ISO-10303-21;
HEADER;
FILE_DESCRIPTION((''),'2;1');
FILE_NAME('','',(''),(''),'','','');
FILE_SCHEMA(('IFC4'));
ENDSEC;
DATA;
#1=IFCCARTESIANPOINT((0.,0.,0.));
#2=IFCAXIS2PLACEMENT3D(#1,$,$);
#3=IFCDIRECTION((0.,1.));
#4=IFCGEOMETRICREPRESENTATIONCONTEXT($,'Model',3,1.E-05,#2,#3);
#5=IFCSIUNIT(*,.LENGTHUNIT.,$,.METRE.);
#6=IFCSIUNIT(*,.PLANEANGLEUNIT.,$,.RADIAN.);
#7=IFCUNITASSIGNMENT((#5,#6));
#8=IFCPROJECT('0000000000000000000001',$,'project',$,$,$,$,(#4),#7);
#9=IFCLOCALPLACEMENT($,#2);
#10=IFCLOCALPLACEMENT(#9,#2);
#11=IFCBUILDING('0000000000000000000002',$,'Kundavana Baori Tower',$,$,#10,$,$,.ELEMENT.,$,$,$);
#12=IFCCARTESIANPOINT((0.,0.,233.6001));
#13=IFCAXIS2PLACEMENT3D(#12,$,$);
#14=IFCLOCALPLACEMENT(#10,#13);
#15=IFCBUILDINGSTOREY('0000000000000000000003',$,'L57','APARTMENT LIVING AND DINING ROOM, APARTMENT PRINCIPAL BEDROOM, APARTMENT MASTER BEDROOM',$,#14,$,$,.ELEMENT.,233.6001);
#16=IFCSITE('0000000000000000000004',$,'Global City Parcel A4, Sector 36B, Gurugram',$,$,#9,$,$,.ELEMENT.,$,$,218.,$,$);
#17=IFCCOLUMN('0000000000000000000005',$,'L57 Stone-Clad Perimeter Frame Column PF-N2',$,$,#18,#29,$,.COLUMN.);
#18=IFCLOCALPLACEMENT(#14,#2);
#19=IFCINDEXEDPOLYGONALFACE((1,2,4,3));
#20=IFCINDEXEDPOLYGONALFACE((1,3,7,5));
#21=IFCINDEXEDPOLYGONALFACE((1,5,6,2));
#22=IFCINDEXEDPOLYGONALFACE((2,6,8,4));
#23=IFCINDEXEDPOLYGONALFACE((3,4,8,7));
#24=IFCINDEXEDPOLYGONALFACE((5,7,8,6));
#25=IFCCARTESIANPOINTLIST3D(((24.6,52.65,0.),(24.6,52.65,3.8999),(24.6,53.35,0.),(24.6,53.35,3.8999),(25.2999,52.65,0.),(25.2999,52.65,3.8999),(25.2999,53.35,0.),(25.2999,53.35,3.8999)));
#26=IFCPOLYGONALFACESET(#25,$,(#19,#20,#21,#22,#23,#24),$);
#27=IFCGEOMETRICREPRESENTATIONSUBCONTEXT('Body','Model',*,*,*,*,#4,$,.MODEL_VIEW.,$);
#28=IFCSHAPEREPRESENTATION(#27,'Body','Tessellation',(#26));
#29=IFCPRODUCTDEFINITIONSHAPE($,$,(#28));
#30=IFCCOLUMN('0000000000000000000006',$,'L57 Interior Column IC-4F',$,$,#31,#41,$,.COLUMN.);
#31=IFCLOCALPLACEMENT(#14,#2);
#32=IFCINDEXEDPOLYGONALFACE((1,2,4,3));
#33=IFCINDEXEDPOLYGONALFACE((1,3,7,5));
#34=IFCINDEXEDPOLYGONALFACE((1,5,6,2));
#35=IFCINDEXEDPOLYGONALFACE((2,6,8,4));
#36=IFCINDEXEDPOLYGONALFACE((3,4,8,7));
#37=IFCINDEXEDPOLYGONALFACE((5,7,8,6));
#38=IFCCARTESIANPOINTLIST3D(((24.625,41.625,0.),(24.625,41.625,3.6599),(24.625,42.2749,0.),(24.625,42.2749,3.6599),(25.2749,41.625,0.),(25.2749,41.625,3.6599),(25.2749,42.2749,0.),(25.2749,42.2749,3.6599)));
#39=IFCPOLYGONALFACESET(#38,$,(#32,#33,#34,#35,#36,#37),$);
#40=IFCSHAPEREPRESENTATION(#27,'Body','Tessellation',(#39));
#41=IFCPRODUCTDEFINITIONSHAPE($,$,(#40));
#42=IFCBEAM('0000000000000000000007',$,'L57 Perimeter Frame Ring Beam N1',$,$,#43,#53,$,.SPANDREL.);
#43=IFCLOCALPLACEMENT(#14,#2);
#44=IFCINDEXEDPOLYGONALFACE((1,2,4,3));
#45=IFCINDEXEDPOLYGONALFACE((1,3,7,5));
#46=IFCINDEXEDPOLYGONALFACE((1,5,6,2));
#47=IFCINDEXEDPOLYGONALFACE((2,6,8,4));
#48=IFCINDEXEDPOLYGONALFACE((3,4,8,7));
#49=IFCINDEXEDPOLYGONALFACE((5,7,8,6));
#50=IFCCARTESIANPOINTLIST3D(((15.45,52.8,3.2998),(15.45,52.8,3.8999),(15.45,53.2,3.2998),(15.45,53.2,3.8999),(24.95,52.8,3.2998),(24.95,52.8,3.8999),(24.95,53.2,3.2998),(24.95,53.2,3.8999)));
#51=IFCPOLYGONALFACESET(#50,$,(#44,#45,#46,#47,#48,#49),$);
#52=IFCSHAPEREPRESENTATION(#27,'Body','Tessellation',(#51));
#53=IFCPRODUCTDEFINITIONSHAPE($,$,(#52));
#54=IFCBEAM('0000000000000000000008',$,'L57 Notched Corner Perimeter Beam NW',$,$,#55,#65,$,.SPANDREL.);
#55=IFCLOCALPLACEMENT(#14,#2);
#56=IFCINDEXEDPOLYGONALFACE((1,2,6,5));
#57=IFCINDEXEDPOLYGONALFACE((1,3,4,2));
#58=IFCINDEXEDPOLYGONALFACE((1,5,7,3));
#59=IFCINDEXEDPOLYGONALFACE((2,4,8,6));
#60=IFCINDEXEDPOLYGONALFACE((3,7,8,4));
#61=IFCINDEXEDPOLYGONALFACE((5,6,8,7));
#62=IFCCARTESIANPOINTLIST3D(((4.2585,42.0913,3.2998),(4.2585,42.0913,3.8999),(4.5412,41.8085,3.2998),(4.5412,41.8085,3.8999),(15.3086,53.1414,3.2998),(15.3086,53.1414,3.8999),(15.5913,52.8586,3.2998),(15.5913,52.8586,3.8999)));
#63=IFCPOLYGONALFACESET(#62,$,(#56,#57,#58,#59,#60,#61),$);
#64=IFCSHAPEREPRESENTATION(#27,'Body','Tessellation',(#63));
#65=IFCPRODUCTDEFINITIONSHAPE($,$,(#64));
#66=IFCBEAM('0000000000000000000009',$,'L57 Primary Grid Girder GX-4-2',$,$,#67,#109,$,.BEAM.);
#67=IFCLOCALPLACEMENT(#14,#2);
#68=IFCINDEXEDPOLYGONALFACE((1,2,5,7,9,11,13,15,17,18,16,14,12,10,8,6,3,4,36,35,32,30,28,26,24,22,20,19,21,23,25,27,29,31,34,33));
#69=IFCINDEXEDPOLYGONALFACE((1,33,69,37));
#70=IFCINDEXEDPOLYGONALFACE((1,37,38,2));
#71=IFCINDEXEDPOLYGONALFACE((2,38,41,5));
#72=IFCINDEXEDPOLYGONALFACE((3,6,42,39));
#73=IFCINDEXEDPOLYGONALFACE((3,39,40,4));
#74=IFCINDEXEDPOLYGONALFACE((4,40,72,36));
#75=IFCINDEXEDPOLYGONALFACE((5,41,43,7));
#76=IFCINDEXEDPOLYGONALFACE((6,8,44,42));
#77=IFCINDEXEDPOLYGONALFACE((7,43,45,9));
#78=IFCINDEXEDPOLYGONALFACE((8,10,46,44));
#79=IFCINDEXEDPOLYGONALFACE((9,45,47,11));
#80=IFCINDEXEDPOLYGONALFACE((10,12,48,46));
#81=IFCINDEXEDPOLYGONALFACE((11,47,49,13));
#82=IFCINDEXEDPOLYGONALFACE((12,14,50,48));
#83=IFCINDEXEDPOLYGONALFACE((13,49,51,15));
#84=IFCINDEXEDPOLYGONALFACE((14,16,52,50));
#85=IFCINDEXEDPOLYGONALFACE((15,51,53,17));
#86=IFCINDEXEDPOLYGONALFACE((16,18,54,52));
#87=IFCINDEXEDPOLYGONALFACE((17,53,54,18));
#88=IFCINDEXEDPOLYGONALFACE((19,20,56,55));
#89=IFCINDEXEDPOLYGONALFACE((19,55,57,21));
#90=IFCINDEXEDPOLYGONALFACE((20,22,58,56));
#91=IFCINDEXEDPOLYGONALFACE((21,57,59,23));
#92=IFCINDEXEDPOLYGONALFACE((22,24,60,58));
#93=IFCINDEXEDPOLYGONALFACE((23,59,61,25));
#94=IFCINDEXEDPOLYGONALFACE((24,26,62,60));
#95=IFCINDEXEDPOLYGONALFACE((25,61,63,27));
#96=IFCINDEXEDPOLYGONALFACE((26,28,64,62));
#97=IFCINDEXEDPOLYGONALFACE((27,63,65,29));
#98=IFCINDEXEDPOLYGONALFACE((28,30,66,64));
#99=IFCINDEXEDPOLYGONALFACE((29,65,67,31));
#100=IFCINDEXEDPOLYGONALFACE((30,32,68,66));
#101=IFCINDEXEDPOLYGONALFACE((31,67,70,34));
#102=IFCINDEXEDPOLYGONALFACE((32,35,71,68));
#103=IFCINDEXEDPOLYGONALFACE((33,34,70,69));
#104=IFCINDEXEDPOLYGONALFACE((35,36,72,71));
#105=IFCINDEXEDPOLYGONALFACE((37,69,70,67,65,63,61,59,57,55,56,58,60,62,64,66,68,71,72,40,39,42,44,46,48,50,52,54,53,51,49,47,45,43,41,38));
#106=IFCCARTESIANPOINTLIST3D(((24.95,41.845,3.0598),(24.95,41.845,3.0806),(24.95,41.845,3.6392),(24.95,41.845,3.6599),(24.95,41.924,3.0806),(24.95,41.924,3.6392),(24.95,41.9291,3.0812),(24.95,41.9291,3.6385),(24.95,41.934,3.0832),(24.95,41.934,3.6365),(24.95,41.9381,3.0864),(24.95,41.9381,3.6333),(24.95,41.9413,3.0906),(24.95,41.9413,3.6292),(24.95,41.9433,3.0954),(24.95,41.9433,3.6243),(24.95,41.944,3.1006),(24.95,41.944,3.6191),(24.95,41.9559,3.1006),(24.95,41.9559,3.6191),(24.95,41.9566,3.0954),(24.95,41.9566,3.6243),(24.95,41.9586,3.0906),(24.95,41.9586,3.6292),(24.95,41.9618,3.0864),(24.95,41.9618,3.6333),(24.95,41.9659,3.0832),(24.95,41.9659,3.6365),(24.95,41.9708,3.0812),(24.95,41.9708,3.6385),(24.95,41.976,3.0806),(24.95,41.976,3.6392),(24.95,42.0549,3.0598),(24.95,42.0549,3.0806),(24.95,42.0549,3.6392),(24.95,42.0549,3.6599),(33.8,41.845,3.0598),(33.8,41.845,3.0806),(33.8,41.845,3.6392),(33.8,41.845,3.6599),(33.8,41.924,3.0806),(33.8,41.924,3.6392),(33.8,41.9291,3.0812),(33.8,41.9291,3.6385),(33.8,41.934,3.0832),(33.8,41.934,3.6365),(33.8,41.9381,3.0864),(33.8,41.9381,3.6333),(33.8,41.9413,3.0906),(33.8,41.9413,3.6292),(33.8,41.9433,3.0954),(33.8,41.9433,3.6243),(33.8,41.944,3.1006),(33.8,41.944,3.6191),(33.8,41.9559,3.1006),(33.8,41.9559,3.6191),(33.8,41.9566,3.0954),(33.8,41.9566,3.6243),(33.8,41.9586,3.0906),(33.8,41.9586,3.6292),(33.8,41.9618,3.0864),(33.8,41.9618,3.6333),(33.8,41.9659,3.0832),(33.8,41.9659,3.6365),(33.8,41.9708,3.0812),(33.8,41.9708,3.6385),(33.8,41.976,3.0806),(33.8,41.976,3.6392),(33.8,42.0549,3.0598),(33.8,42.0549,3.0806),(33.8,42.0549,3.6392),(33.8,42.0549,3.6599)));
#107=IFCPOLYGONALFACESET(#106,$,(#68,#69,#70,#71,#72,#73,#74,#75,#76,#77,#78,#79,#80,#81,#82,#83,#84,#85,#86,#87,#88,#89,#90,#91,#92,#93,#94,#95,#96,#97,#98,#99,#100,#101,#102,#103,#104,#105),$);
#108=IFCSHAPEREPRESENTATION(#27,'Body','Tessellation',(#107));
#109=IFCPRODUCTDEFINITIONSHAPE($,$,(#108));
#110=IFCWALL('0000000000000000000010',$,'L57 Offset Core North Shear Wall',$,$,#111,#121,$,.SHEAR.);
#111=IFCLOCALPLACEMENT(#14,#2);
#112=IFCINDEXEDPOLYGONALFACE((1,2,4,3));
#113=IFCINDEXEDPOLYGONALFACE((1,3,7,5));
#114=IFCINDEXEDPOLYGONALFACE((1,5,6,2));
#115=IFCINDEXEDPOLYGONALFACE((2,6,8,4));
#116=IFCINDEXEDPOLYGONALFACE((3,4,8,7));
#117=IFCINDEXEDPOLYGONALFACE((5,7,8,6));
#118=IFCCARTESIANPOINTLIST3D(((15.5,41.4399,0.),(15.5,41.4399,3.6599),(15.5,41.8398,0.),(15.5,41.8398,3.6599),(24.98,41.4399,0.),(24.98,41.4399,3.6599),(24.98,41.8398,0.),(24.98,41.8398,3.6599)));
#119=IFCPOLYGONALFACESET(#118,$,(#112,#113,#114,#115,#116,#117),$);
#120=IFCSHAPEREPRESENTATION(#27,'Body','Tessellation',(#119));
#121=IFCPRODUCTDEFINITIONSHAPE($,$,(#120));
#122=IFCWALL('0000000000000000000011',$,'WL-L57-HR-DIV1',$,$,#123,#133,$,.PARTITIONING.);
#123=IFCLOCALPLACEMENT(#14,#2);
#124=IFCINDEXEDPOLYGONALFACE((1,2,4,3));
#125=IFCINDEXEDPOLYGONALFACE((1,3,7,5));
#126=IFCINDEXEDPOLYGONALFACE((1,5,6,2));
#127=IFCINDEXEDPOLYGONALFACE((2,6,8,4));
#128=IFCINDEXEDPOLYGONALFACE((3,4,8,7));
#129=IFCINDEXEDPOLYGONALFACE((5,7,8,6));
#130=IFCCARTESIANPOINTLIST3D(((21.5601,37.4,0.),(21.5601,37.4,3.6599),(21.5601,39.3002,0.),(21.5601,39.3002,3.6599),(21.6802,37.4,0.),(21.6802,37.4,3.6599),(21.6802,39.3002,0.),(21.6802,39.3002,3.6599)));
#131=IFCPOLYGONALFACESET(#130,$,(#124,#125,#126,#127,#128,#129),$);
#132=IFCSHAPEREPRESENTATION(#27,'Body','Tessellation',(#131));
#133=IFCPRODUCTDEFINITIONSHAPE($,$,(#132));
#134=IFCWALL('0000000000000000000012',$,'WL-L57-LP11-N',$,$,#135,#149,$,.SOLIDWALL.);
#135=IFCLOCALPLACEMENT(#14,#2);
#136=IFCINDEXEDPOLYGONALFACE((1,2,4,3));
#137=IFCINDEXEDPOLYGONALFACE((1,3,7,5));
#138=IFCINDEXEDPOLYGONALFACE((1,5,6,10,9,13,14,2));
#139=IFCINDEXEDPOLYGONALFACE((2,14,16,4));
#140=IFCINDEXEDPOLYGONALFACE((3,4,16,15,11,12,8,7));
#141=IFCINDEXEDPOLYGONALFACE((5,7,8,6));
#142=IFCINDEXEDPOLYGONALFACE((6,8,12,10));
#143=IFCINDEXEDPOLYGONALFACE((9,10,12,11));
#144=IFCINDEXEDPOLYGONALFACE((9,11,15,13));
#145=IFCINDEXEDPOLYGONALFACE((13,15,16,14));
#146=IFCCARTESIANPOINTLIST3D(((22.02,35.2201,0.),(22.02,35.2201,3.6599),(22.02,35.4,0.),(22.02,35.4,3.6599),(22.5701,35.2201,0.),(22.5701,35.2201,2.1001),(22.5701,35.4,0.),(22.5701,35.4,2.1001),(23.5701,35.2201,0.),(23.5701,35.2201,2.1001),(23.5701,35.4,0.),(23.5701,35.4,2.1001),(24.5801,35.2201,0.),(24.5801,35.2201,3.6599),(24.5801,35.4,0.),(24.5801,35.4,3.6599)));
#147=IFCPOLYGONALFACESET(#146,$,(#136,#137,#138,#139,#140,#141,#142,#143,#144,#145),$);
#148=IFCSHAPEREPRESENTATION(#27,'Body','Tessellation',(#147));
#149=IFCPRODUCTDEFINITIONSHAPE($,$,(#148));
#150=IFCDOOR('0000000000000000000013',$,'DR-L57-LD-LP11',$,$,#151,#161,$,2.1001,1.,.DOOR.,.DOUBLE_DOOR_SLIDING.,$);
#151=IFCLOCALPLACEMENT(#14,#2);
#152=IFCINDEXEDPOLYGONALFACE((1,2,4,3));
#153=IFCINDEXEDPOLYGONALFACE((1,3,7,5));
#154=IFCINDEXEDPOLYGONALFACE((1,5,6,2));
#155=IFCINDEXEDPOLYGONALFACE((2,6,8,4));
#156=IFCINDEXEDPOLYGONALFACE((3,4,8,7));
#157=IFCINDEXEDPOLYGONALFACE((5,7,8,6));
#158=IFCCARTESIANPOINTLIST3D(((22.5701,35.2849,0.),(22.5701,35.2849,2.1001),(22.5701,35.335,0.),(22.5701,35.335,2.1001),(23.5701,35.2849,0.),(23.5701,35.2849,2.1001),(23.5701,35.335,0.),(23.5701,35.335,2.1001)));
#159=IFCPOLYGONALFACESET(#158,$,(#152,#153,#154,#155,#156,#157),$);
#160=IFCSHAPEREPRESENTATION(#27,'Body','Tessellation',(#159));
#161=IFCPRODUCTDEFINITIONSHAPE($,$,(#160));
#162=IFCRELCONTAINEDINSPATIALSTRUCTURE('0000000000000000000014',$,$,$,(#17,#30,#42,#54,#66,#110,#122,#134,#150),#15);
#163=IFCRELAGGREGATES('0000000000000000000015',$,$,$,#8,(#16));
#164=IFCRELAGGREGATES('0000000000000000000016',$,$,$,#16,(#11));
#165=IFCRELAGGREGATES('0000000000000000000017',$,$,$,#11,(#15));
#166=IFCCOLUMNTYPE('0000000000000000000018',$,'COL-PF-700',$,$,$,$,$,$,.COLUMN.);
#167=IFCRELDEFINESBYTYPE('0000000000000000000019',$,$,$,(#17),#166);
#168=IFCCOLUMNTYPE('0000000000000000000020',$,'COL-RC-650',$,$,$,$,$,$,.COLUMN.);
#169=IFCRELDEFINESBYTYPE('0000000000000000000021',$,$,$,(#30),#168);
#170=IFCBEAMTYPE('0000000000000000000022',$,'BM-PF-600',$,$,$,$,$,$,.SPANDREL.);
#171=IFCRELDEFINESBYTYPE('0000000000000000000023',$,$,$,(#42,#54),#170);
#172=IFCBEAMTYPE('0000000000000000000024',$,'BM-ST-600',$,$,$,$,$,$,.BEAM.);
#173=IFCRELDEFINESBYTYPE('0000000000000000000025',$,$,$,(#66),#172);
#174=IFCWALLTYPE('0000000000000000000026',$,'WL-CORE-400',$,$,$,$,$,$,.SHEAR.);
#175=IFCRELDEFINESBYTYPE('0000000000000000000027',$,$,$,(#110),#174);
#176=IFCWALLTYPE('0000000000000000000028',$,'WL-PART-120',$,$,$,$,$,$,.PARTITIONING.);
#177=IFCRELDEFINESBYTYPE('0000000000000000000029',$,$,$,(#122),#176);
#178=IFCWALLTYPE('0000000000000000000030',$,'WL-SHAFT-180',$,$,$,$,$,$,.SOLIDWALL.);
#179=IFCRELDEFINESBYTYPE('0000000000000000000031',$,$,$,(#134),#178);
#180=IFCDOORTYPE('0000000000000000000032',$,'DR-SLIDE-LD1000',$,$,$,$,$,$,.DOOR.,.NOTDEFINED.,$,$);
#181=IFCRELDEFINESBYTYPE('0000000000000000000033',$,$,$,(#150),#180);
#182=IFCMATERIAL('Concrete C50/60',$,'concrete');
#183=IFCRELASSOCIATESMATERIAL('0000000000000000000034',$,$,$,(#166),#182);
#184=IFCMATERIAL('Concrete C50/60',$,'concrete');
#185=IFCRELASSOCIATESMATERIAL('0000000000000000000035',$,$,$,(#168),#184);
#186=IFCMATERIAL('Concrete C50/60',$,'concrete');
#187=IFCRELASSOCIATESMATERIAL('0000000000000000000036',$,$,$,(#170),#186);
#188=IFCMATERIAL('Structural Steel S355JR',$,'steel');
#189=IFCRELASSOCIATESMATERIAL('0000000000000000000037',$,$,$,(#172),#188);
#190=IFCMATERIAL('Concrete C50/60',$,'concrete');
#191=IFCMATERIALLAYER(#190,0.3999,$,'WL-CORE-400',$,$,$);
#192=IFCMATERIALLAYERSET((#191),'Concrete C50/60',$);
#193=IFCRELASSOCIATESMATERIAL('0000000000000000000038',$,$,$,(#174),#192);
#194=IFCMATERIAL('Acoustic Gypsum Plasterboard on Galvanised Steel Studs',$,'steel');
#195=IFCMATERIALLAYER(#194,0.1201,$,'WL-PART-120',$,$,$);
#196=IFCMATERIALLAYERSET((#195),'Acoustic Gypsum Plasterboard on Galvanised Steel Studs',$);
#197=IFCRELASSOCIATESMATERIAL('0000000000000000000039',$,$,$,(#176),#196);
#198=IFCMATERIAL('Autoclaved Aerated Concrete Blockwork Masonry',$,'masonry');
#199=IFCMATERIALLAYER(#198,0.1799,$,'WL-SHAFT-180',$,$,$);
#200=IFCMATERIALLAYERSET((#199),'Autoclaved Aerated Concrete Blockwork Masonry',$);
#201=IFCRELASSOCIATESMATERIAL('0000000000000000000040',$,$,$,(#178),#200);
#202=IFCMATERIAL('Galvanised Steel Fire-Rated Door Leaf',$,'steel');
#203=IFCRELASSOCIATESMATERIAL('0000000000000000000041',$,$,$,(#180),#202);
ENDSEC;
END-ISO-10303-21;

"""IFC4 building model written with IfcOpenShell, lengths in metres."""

from ifc_helpers import new_model, si_unit, direction, frame, frame_2d, origin, origin_2d, place, context, subcontext, project, spatial, rectangle, i_section, extrude, material, layer, layer_set, material_profile, profile_set, type_object, element, fill, save


model = new_model("IFC4")

# Units and contexts
model_context = context("Model", 3, precision=1e-05, world=origin(), true_north=direction((0.0, 1.0)))
body_context = subcontext(model_context, "Body", "Model", "MODEL_VIEW")
ifc_project = project(units=[si_unit("LENGTHUNIT", "METRE"), si_unit("PLANEANGLEUNIT", "RADIAN")], contexts=[model_context])

# Site, building, storey
site_placement = place(None, origin())
site = spatial("IfcSite", under=ifc_project, at=site_placement, Name="Global City Parcel A4, Sector 36B, Gurugram", CompositionType="ELEMENT", RefElevation=218.0)
building_placement = place(site_placement, origin())
building = spatial("IfcBuilding", under=site, at=building_placement, Name="Kundavana Baori Tower", CompositionType="ELEMENT")
storey_placement = place(building_placement, frame((0.0, 0.0, 233.6001)))
storey = spatial("IfcBuildingStorey", under=building, at=storey_placement, Name="L57", Description="APARTMENT LIVING AND DINING ROOM, APARTMENT PRINCIPAL BEDROOM, APARTMENT MASTER BEDROOM", CompositionType="ELEMENT", Elevation=233.6001)

# Columns
ifc_material_1 = material(Name="Concrete C50/60", Category="concrete")
ifc_material_profile_1 = material_profile(ifc_material_1, rectangle(XDim=0.7, YDim=0.7, at=origin_2d()), Name="RC PF 700x700")
ifc_profile_set_1 = profile_set([ifc_material_profile_1], Name="Concrete C50/60")
column_type_1 = type_object("IfcColumnType", Name="COL-PF-700", PredefinedType="COLUMN", material=ifc_profile_set_1)
column_1_placement = place(storey_placement, frame((24.95, 53.0, 0.0), z_axis=(0.0, 0.0, 1.0), x_axis=(1.0, 0.0, 0.0)))
element("IfcColumn", 1, at=column_1_placement, inside=storey, type_object=column_type_1, Name="L57 Stone-Clad Perimeter Frame Column PF-N2", PredefinedType="COLUMN", context=body_context, shape_type="SweptSolid", body=[
    extrude(rectangle(XDim=0.7, YDim=0.7, at=origin_2d()), origin(), (0.0, 0.0, 1.0), 3.8999),
])
ifc_material_2 = material(Name="Concrete C50/60", Category="concrete")
ifc_material_profile_2 = material_profile(ifc_material_2, rectangle(XDim=0.6499, YDim=0.6499, at=origin_2d()), Name="RC 650x650")
ifc_profile_set_2 = profile_set([ifc_material_profile_2], Name="Concrete C50/60")
column_type_2 = type_object("IfcColumnType", Name="COL-RC-650", PredefinedType="COLUMN", material=ifc_profile_set_2)
column_2_placement = place(storey_placement, frame((24.95, 41.95, 0.0), z_axis=(0.0, 0.0, 1.0), x_axis=(1.0, 0.0, 0.0)))
element("IfcColumn", 2, at=column_2_placement, inside=storey, type_object=column_type_2, Name="L57 Interior Column IC-4F", PredefinedType="COLUMN", context=body_context, shape_type="SweptSolid", body=[
    extrude(rectangle(XDim=0.6499, YDim=0.6499, at=origin_2d()), origin(), (0.0, 0.0, 1.0), 3.6599),
])

# Beams
ifc_material_3 = material(Name="Concrete C50/60", Category="concrete")
ifc_material_profile_3 = material_profile(ifc_material_3, rectangle(XDim=0.3999, YDim=0.6001, at=origin_2d()), Name="RC BM 400x600")
ifc_profile_set_3 = profile_set([ifc_material_profile_3], Name="Concrete C50/60")
beam_type_1 = type_object("IfcBeamType", Name="BM-PF-600", PredefinedType="SPANDREL", material=ifc_profile_set_3)
beam_1_placement = place(storey_placement, frame((15.45, 53.0, 3.5999), z_axis=(1.0, 0.0, 0.0), x_axis=(0.0, 1.0, 0.0)))
element("IfcBeam", 3, at=beam_1_placement, inside=storey, type_object=beam_type_1, Name="L57 Perimeter Frame Ring Beam N1", PredefinedType="SPANDREL", context=body_context, shape_type="SweptSolid", body=[
    extrude(rectangle(XDim=0.3999, YDim=0.6001, at=origin_2d()), origin(), (0.0, 0.0, 1.0), 9.5),
])
beam_2_placement = place(storey_placement, frame((15.45, 53.0, 3.5999), z_axis=(-0.707107, -0.707107, 0.0), x_axis=(0.707107, -0.707107, 0.0)))
element("IfcBeam", 4, at=beam_2_placement, inside=storey, type_object=beam_type_1, Name="L57 Notched Corner Perimeter Beam NW", PredefinedType="SPANDREL", context=body_context, shape_type="SweptSolid", body=[
    extrude(rectangle(XDim=0.3999, YDim=0.6001, at=origin_2d()), origin(), (0.0, 0.0, 1.0), 15.6272),
])
ifc_material_4 = material(Name="Structural Steel S355JR", Category="steel")
ifc_material_profile_4 = material_profile(ifc_material_4, i_section(OverallWidth=0.21, OverallDepth=0.6001, WebThickness=0.012, FlangeThickness=0.0208, FilletRadius=0.02, at=origin_2d()), Name="ISMB 600")
ifc_profile_set_4 = profile_set([ifc_material_profile_4], Name="Structural Steel S355JR")
beam_type_2 = type_object("IfcBeamType", Name="BM-ST-600", PredefinedType="BEAM", material=ifc_profile_set_4)
beam_3_placement = place(storey_placement, frame((24.95, 41.95, 3.3599), z_axis=(1.0, 0.0, 0.0), x_axis=(0.0, 1.0, 0.0)))
element("IfcBeam", 5, at=beam_3_placement, inside=storey, type_object=beam_type_2, Name="L57 Primary Grid Girder GX-4-2", PredefinedType="BEAM", context=body_context, shape_type="SweptSolid", body=[
    extrude(i_section(OverallWidth=0.21, OverallDepth=0.6001, WebThickness=0.012, FlangeThickness=0.0208, FilletRadius=0.02, at=origin_2d()), origin(), (0.0, 0.0, 1.0), 8.8501),
])

# Walls
ifc_material_5 = material(Name="Concrete C50/60", Category="concrete")
ifc_layer_1 = layer(ifc_material_5, 0.3999, Name="WL-CORE-400")
ifc_layer_set_1 = layer_set([ifc_layer_1], Name="Concrete C50/60")
wall_type_1 = type_object("IfcWallType", Name="WL-CORE-400", PredefinedType="SHEAR", material=ifc_layer_set_1)
wall_1_placement = place(storey_placement, frame((15.5, 41.6399, 0.0), z_axis=(0.0, 0.0, 1.0), x_axis=(1.0, 0.0, 0.0)))
element("IfcWall", 6, at=wall_1_placement, inside=storey, type_object=wall_type_1, Name="L57 Offset Core North Shear Wall", PredefinedType="SHEAR", context=body_context, shape_type="SweptSolid", body=[
    extrude(rectangle(XDim=9.48, YDim=0.3999, at=frame_2d((4.74, 0.0))), origin(), (0.0, 0.0, 1.0), 3.6599),
])
ifc_material_6 = material(Name="Acoustic Gypsum Plasterboard on Galvanised Steel Studs", Category="steel")
ifc_layer_2 = layer(ifc_material_6, 0.1201, Name="WL-PART-120")
ifc_layer_set_2 = layer_set([ifc_layer_2], Name="Acoustic Gypsum Plasterboard on Galvanised Steel Studs")
wall_type_2 = type_object("IfcWallType", Name="WL-PART-120", PredefinedType="PARTITIONING", material=ifc_layer_set_2)
wall_2_placement = place(storey_placement, frame((21.6201, 37.3999, 0.0), z_axis=(0.0, 0.0, 1.0), x_axis=(0.0, 1.0, 0.0)))
element("IfcWall", 7, at=wall_2_placement, inside=storey, type_object=wall_type_2, Name="WL-L57-HR-DIV1", PredefinedType="PARTITIONING", context=body_context, shape_type="SweptSolid", body=[
    extrude(rectangle(XDim=1.9001, YDim=0.1201, at=frame_2d((0.9502, 0.0))), origin(), (0.0, 0.0, 1.0), 3.6599),
])

# Wall, opening, door
ifc_material_7 = material(Name="Autoclaved Aerated Concrete Blockwork Masonry", Category="masonry")
ifc_layer_3 = layer(ifc_material_7, 0.1799, Name="WL-SHAFT-180")
ifc_layer_set_3 = layer_set([ifc_layer_3], Name="Autoclaved Aerated Concrete Blockwork Masonry")
wall_type_3 = type_object("IfcWallType", Name="WL-SHAFT-180", PredefinedType="SOLIDWALL", material=ifc_layer_set_3)
wall_3_placement = place(storey_placement, frame((22.02, 35.3101, 0.0), z_axis=(0.0, 0.0, 1.0), x_axis=(1.0, 0.0, 0.0)))
wall_3 = element("IfcWall", 8, at=wall_3_placement, inside=storey, type_object=wall_type_3, Name="WL-L57-LP11-N", PredefinedType="SOLIDWALL", context=body_context, shape_type="SweptSolid", body=[
    extrude(rectangle(XDim=2.5601, YDim=0.1799, at=frame_2d((1.28, 0.0))), origin(), (0.0, 0.0, 1.0), 3.6599),
])
opening_1_placement = place(wall_3_placement, frame((0.55, 0.0, 0.0)))
opening_1 = element("IfcOpeningElement", 9, at=opening_1_placement, cuts=wall_3, PredefinedType="OPENING", context=body_context, shape_type="SweptSolid", body=[
    extrude(rectangle(XDim=1.0, YDim=2.1001, at=frame_2d((0.5, 1.05))), frame((0.0, 0.1001, 0.0), z_axis=(0.0, -1.0, 0.0), x_axis=(1.0, 0.0, 0.0)), (0.0, 0.0, 1.0), 0.2),
])
ifc_material_8 = material(Name="Galvanised Steel Fire-Rated Door Leaf", Category="steel")
door_type = type_object("IfcDoorType", Name="DR-SLIDE-LD1000", OperationType="NOTDEFINED", PredefinedType="DOOR", material=ifc_material_8)
door_1_placement = place(opening_1_placement, origin())
door_1 = element("IfcDoor", 10, at=door_1_placement, inside=storey, type_object=door_type, Name="DR-L57-LD-LP11", OperationType="DOUBLE_DOOR_SLIDING", OverallHeight=2.1001, OverallWidth=1.0, PredefinedType="DOOR", context=body_context, shape_type="SweptSolid", body=[
    extrude(rectangle(XDim=1.0, YDim=2.1001, at=frame_2d((0.5, 1.05))), frame((0.0, 0.0249, 0.0), z_axis=(0.0, -1.0, 0.0), x_axis=(1.0, 0.0, 0.0)), (0.0, 0.0, 1.0), 0.05),
])
fill(opening_1, door_1)

save(model, "model.ifc")
